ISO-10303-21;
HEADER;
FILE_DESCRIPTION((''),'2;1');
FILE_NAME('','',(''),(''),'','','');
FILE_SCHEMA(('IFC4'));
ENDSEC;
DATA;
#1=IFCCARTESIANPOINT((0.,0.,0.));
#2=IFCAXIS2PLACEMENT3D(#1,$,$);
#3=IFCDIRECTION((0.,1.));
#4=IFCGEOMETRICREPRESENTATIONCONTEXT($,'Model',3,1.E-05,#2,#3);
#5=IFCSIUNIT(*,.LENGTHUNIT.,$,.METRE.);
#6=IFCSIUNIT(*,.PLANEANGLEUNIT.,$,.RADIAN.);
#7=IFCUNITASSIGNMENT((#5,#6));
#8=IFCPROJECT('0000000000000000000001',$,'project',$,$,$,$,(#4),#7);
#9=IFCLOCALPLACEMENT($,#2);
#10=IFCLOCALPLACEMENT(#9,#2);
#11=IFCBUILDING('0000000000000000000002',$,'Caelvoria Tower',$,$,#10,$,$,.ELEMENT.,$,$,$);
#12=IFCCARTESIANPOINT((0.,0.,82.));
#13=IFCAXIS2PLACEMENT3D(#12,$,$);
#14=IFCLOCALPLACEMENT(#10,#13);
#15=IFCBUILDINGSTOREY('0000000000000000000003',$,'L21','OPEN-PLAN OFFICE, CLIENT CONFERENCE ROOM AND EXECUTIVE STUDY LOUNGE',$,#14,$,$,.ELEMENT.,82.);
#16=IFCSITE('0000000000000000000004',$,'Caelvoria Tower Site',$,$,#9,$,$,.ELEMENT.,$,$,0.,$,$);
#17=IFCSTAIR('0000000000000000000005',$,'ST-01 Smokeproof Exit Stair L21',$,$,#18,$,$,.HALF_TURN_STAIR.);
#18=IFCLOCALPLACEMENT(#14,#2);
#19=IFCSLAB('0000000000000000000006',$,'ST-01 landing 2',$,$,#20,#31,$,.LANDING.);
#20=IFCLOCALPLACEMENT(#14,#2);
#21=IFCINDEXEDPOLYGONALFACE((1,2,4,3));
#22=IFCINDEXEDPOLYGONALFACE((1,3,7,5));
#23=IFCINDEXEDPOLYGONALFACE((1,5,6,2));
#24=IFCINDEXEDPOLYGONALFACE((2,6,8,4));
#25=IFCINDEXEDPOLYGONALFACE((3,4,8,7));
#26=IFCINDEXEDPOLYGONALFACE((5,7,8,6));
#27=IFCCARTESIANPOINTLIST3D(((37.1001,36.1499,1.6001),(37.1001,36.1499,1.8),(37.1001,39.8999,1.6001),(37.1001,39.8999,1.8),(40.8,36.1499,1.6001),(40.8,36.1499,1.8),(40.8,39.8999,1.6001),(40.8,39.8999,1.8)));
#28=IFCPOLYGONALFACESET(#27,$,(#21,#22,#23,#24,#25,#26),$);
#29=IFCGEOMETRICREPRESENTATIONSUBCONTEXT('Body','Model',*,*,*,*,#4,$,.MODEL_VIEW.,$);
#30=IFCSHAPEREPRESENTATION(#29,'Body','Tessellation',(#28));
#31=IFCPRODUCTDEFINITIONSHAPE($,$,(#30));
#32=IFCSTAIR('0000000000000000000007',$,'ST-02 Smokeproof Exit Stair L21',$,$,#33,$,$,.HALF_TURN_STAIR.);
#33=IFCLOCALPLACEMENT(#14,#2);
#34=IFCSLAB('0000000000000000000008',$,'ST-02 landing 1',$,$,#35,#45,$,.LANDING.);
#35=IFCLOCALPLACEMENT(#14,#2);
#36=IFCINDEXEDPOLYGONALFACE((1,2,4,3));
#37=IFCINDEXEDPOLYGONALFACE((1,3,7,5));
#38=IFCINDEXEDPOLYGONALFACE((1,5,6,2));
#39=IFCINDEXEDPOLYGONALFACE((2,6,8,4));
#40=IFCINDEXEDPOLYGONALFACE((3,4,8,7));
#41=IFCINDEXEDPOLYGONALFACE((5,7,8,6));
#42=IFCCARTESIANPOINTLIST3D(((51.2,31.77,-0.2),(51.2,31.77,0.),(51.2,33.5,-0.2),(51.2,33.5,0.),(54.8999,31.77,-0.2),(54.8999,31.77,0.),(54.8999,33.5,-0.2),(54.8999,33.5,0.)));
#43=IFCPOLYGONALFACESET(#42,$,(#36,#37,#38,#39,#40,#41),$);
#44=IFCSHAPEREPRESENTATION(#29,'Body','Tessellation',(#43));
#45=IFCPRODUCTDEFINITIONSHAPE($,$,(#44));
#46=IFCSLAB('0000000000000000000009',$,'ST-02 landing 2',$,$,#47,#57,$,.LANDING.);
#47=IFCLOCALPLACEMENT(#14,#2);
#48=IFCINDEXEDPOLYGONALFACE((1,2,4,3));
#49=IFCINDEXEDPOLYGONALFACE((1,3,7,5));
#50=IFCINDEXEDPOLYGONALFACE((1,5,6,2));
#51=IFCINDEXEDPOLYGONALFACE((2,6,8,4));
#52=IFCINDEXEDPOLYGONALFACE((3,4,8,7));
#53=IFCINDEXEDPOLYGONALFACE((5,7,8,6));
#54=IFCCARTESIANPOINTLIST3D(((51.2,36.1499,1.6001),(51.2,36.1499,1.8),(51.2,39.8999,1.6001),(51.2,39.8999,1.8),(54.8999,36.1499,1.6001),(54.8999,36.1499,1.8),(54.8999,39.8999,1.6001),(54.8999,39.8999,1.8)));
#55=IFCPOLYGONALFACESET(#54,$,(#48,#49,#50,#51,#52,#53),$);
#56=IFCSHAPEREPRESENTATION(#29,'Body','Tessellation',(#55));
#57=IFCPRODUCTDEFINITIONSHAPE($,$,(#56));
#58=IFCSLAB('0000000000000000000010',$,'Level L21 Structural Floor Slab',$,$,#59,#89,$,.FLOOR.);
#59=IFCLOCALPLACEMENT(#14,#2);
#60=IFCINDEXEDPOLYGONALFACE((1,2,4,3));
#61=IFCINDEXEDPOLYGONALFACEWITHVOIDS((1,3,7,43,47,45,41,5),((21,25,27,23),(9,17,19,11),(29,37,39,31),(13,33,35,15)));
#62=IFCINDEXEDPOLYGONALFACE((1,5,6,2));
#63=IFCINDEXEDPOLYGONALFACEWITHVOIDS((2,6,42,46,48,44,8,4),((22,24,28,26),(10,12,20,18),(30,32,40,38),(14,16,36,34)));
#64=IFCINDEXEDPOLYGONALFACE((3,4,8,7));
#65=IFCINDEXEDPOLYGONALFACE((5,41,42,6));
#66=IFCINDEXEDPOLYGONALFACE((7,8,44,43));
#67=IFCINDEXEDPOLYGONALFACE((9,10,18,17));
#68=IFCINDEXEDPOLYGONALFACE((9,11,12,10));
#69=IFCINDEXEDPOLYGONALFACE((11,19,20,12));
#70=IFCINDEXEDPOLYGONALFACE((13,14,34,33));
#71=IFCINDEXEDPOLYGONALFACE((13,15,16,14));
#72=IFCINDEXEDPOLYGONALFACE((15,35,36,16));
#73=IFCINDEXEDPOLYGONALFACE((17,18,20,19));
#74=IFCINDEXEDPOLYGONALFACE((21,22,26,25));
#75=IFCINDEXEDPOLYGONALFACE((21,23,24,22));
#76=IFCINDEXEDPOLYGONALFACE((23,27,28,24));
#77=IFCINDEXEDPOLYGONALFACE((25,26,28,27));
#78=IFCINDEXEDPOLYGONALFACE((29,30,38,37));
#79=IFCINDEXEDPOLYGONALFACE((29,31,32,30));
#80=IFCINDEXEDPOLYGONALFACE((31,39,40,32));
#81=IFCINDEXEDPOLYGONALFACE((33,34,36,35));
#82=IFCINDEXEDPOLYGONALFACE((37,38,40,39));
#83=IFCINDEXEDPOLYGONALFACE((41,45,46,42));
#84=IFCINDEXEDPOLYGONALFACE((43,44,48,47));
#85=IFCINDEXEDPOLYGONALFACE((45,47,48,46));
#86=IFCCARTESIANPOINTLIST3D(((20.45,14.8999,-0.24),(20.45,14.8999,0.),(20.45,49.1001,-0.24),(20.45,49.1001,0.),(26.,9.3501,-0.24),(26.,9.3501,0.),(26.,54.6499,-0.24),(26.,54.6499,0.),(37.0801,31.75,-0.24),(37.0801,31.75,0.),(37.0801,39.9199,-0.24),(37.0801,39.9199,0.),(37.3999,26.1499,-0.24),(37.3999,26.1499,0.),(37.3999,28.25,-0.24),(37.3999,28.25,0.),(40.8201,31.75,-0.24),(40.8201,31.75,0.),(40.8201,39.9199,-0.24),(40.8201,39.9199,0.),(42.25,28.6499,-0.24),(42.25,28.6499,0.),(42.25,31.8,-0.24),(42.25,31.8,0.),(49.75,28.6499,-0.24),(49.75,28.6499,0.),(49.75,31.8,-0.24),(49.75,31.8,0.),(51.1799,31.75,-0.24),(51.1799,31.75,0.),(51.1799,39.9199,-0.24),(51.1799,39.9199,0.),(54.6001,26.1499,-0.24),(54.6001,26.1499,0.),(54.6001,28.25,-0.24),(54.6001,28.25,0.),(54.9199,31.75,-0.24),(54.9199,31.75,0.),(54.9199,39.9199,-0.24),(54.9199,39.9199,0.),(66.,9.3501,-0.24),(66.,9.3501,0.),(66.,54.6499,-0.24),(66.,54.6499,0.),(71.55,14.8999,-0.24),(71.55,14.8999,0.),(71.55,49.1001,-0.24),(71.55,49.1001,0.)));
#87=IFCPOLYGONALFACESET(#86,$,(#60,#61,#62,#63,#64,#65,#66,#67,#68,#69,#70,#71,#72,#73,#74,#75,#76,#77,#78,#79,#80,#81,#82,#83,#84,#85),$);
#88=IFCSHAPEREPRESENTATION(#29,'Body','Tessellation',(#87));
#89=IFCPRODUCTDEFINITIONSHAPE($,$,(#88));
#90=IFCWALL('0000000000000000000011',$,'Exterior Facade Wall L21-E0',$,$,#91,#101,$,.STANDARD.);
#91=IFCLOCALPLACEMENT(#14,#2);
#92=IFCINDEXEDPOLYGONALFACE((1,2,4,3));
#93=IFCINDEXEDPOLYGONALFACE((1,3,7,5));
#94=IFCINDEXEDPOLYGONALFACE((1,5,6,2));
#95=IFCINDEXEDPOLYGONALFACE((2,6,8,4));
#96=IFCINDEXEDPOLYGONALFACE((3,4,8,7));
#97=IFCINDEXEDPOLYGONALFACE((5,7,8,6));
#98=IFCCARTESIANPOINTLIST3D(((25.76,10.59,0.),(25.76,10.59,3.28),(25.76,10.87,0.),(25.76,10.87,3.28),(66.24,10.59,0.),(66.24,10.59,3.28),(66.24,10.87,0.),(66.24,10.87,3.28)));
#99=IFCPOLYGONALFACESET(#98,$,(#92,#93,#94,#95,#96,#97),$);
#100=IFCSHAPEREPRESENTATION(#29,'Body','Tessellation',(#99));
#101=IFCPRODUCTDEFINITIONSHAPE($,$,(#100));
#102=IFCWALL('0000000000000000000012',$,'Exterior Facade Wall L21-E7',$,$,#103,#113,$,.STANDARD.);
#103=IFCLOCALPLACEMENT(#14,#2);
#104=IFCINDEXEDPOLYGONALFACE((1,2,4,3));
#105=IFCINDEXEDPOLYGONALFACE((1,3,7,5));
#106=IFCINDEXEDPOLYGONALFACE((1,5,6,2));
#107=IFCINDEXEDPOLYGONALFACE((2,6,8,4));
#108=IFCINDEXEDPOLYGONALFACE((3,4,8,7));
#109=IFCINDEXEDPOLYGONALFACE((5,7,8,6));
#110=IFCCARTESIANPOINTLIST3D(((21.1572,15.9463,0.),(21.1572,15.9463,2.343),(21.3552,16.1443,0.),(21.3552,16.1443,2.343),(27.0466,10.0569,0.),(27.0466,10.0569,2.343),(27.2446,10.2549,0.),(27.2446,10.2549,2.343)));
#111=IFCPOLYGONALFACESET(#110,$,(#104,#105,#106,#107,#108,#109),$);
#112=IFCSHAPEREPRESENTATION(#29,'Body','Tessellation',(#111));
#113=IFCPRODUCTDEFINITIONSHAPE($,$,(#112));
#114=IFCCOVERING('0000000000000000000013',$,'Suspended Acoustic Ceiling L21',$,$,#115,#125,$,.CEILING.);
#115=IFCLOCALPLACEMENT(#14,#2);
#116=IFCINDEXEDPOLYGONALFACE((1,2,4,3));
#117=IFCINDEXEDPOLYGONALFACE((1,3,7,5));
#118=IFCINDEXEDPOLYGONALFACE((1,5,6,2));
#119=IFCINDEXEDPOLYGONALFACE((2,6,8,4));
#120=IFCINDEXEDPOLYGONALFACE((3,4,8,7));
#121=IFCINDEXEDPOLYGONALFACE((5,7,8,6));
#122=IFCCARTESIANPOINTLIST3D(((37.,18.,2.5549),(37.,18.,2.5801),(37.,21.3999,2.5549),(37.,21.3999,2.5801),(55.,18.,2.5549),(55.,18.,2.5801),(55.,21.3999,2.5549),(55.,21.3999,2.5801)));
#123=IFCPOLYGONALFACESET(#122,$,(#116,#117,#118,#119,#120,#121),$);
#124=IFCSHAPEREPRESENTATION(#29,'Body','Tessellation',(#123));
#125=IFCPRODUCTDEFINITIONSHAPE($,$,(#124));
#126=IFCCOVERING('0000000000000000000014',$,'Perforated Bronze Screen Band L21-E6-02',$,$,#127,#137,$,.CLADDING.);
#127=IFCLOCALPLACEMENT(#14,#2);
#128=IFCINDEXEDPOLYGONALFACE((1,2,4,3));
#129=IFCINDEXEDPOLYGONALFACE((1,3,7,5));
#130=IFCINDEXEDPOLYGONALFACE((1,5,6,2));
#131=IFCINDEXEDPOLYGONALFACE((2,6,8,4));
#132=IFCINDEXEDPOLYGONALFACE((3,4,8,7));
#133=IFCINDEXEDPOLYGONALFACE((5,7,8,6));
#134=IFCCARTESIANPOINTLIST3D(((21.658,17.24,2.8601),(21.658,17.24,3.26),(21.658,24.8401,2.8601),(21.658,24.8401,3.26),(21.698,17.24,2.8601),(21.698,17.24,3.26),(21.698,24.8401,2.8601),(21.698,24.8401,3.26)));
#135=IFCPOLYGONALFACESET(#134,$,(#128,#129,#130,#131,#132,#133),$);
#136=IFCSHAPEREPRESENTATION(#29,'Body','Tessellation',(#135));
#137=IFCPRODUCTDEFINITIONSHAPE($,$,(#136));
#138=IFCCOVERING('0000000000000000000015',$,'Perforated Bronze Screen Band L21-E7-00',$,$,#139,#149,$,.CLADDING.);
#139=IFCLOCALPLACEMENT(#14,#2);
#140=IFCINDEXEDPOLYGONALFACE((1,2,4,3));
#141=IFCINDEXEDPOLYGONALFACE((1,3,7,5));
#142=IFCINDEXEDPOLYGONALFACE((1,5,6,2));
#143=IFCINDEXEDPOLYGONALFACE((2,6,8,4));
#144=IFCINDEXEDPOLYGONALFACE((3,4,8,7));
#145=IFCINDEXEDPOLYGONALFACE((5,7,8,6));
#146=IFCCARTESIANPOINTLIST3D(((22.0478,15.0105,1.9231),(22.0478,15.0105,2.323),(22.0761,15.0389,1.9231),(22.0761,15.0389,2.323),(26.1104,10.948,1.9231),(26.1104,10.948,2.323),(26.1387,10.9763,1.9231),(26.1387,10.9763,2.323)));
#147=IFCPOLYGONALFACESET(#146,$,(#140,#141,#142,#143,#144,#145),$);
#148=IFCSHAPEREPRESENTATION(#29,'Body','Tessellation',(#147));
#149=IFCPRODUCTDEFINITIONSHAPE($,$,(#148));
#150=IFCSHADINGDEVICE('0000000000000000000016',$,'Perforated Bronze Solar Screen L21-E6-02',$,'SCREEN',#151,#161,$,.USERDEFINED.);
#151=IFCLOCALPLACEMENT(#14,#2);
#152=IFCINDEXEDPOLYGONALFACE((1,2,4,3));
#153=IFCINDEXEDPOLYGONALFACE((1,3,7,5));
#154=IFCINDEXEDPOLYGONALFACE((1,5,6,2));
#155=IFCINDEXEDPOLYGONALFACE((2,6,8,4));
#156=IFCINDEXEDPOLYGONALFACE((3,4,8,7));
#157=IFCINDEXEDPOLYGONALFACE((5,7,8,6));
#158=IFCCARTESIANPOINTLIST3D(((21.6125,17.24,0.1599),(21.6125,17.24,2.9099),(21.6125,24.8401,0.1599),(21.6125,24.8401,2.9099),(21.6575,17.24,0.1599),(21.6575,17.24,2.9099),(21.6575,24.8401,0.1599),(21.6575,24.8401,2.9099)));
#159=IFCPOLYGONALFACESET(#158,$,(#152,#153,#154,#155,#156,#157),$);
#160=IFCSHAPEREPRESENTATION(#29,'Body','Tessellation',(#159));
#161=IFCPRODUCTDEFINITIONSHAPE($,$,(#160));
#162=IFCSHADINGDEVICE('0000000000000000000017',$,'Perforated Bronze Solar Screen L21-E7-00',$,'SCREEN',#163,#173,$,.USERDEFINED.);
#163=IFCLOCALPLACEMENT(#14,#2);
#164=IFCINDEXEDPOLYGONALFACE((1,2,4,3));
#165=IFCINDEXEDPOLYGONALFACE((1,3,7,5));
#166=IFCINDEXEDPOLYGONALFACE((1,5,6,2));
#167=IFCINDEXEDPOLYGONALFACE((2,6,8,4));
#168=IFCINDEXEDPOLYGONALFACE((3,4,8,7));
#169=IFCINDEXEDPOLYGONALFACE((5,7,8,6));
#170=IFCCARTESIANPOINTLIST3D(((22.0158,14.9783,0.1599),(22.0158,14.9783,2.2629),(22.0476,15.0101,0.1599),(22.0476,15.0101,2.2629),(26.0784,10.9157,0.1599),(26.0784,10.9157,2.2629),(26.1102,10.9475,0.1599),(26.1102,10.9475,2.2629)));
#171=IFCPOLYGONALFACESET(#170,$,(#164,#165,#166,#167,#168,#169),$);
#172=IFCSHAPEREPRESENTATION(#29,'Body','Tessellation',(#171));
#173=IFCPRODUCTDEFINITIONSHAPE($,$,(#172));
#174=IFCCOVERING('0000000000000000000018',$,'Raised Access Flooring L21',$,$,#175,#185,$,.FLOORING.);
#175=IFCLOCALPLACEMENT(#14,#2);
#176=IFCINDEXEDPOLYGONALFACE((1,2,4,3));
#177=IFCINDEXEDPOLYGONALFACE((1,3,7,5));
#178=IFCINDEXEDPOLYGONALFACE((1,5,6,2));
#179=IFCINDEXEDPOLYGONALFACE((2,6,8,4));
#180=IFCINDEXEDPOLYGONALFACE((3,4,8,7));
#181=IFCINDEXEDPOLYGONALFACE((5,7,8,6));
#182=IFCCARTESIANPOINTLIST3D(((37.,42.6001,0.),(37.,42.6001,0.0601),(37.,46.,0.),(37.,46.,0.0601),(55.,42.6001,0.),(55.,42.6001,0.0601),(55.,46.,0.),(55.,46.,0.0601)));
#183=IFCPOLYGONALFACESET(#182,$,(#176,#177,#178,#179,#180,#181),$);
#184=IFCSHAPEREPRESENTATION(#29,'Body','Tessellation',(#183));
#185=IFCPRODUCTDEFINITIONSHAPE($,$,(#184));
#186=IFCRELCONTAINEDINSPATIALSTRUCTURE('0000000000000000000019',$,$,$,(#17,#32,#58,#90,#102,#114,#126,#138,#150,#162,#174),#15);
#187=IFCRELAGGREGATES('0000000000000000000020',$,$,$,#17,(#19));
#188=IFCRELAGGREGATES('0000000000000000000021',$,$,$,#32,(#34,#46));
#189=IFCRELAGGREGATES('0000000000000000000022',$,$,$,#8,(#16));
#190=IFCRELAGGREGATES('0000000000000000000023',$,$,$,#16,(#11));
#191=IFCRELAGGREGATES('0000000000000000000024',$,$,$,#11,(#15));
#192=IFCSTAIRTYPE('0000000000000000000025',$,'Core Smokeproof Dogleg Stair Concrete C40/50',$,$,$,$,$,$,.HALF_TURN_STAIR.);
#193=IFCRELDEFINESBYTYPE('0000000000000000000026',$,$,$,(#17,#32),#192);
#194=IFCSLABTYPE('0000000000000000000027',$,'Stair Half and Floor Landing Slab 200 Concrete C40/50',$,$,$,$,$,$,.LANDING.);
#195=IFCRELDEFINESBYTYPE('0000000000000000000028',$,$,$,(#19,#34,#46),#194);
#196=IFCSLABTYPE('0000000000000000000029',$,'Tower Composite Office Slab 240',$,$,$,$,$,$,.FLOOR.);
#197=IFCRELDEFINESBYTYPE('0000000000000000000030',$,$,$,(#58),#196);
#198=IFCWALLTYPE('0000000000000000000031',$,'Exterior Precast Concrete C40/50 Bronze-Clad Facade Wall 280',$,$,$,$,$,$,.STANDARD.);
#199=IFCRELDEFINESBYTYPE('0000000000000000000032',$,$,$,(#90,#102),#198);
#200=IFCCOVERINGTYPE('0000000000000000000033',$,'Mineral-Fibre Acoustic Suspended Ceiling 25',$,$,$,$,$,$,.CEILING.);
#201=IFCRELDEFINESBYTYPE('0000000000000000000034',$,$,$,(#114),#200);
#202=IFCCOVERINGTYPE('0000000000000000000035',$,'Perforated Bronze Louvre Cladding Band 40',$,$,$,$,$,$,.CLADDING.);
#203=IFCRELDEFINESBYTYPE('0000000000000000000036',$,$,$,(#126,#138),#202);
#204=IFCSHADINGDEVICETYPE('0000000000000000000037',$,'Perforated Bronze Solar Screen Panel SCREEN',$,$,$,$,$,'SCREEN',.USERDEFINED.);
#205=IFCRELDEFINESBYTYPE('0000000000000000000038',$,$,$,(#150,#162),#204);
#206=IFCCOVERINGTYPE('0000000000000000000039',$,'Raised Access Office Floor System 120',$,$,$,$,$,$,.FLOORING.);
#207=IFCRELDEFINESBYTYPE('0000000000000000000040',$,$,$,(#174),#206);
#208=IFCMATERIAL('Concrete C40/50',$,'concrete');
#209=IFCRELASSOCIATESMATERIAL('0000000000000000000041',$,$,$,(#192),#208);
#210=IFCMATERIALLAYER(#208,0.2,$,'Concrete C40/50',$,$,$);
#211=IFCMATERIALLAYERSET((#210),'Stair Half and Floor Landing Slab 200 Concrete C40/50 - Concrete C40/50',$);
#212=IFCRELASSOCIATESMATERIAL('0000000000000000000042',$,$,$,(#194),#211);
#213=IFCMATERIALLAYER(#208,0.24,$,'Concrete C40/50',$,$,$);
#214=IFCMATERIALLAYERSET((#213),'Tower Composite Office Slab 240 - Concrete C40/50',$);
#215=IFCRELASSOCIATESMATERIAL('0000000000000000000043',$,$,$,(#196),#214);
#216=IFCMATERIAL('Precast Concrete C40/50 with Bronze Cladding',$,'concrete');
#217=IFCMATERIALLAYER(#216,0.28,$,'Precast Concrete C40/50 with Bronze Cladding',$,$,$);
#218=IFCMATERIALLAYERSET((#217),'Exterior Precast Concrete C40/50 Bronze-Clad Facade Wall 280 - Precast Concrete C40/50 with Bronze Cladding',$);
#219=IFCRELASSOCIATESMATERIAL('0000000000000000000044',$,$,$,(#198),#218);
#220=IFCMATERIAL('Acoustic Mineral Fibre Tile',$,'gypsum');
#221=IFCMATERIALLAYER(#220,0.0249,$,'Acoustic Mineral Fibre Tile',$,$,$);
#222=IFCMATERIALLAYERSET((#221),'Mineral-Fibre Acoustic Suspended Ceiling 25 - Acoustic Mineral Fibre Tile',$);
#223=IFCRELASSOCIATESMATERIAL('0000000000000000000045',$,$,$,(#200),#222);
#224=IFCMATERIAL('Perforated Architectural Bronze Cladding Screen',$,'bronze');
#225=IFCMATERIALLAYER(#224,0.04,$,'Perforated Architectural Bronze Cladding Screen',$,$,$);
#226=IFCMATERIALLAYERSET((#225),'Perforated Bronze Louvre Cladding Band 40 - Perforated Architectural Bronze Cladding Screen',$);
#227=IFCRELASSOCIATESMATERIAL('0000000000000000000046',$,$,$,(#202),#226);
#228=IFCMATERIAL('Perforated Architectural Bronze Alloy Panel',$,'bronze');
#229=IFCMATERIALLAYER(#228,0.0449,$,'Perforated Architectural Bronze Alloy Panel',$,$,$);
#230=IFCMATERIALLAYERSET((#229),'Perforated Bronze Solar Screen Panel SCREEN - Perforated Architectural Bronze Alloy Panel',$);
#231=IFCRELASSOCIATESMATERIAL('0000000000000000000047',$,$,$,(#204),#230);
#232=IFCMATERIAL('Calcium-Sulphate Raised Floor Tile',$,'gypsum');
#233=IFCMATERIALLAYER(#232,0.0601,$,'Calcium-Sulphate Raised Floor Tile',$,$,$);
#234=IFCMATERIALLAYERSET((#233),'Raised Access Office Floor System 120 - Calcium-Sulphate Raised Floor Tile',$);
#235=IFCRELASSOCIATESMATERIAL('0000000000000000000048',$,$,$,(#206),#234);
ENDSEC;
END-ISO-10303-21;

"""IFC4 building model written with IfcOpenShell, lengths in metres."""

from ifc_helpers import new_model, si_unit, direction, frame, frame_2d, origin, origin_2d, place, context, subcontext, project, spatial, polyline, rectangle, outline, extrude, material, layer, layer_set, type_object, element, aggregate, save


model = new_model("IFC4")

# Units and contexts
model_context = context("Model", 3, precision=1e-05, world=origin(), true_north=direction((0.0, 1.0)))
body_context = subcontext(model_context, "Body", "Model", "MODEL_VIEW")
ifc_project = project(units=[si_unit("LENGTHUNIT", "METRE"), si_unit("PLANEANGLEUNIT", "RADIAN")], contexts=[model_context])

# Site, building, storey
site_placement = place(None, origin())
site = spatial("IfcSite", under=ifc_project, at=site_placement, Name="Caelvoria Tower Site", CompositionType="ELEMENT", RefElevation=0.0)
building_placement = place(site_placement, origin())
building = spatial("IfcBuilding", under=site, at=building_placement, Name="Caelvoria Tower", CompositionType="ELEMENT")
storey_placement = place(building_placement, frame((0.0, 0.0, 82.0)))
storey = spatial("IfcBuildingStorey", under=building, at=storey_placement, Name="L21", Description="OPEN-PLAN OFFICE, CLIENT CONFERENCE ROOM AND EXECUTIVE STUDY LOUNGE", CompositionType="ELEMENT", Elevation=82.0)

# Stairs, slabs
ifc_material_1 = material(Name="Concrete C40/50", Category="concrete")
stair_type = type_object("IfcStairType", Name="Core Smokeproof Dogleg Stair Concrete C40/50", PredefinedType="HALF_TURN_STAIR", material=ifc_material_1)
stair_1_placement = place(storey_placement, origin())
stair_1 = element("IfcStair", 1, at=stair_1_placement, inside=storey, type_object=stair_type, Name="ST-01 Smokeproof Exit Stair L21", PredefinedType="HALF_TURN_STAIR")
ifc_layer_1 = layer(ifc_material_1, 0.2, Name="Concrete C40/50")
ifc_layer_set_1 = layer_set([ifc_layer_1], Name="Stair Half and Floor Landing Slab 200 Concrete C40/50 - Concrete C40/50")
slab_type_1 = type_object("IfcSlabType", Name="Stair Half and Floor Landing Slab 200 Concrete C40/50", PredefinedType="LANDING", material=ifc_layer_set_1)
slab_1_placement = place(storey_placement, frame((0.0, 0.0, 1.6001)))
slab_1 = element("IfcSlab", 2, at=slab_1_placement, type_object=slab_type_1, Name="ST-01 landing 2", PredefinedType="LANDING", context=body_context, shape_type="SweptSolid", body=[
    extrude(outline(polyline([(37.1001, 36.1499), (40.8, 36.1499), (40.8, 39.8999), (37.1001, 39.8999), (37.1001, 36.1499)])), origin(), (0.0, 0.0, 1.0), 0.2),
])
aggregate(stair_1, [slab_1])
stair_2_placement = place(storey_placement, origin())
stair_2 = element("IfcStair", 3, at=stair_2_placement, inside=storey, type_object=stair_type, Name="ST-02 Smokeproof Exit Stair L21", PredefinedType="HALF_TURN_STAIR")
slab_2_placement = place(storey_placement, frame((0.0, 0.0, -0.2)))
slab_2 = element("IfcSlab", 4, at=slab_2_placement, type_object=slab_type_1, Name="ST-02 landing 1", PredefinedType="LANDING", context=body_context, shape_type="SweptSolid", body=[
    extrude(outline(polyline([(51.2, 31.77), (54.8999, 31.77), (54.8999, 33.5), (51.2, 33.5), (51.2, 31.77)])), origin(), (0.0, 0.0, 1.0), 0.2),
])
slab_3_placement = place(storey_placement, frame((0.0, 0.0, 1.6001)))
slab_3 = element("IfcSlab", 5, at=slab_3_placement, type_object=slab_type_1, Name="ST-02 landing 2", PredefinedType="LANDING", context=body_context, shape_type="SweptSolid", body=[
    extrude(outline(polyline([(51.2, 36.1499), (54.8999, 36.1499), (54.8999, 39.8999), (51.2, 39.8999), (51.2, 36.1499)])), origin(), (0.0, 0.0, 1.0), 0.2),
])
aggregate(stair_2, [slab_2, slab_3])

# Slab
ifc_layer_2 = layer(ifc_material_1, 0.24, Name="Concrete C40/50")
ifc_layer_set_2 = layer_set([ifc_layer_2], Name="Tower Composite Office Slab 240 - Concrete C40/50")
slab_type_2 = type_object("IfcSlabType", Name="Tower Composite Office Slab 240", PredefinedType="FLOOR", material=ifc_layer_set_2)
slab_4_placement = place(storey_placement, frame((0.0, 0.0, -0.24)))
element("IfcSlab", 6, at=slab_4_placement, inside=storey, type_object=slab_type_2, Name="Level L21 Structural Floor Slab", PredefinedType="FLOOR", context=body_context, shape_type="SweptSolid", body=[
    extrude(outline(polyline([(26.0, 9.3501), (66.0, 9.3501), (71.55, 14.8999), (71.55, 49.1001), (66.0, 54.6499), (26.0, 54.6499), (20.45, 49.1001), (20.45, 14.8999), (26.0, 9.3501)]), holes=[polyline([(37.0801, 31.75), (40.8201, 31.75), (40.8201, 39.9199), (37.0801, 39.9199), (37.0801, 31.75)]), polyline([(51.1799, 31.75), (54.9199, 31.75), (54.9199, 39.9199), (51.1799, 39.9199), (51.1799, 31.75)]), polyline([(42.25, 28.6499), (49.75, 28.6499), (49.75, 31.8), (42.25, 31.8), (42.25, 28.6499)]), polyline([(37.3999, 26.1499), (54.6001, 26.1499), (54.6001, 28.25), (37.3999, 28.25), (37.3999, 26.1499)])]), origin(), (0.0, 0.0, 1.0), 0.24),
])

# Walls
ifc_material_2 = material(Name="Precast Concrete C40/50 with Bronze Cladding", Category="concrete")
ifc_layer_3 = layer(ifc_material_2, 0.28, Name="Precast Concrete C40/50 with Bronze Cladding")
ifc_layer_set_3 = layer_set([ifc_layer_3], Name="Exterior Precast Concrete C40/50 Bronze-Clad Facade Wall 280 - Precast Concrete C40/50 with Bronze Cladding")
wall_type = type_object("IfcWallType", Name="Exterior Precast Concrete C40/50 Bronze-Clad Facade Wall 280", PredefinedType="STANDARD", material=ifc_layer_set_3)
wall_1_placement = place(storey_placement, frame((25.76, 10.73, 0.0), z_axis=(0.0, 0.0, 1.0), x_axis=(1.0, 0.0, 0.0)))
element("IfcWall", 7, at=wall_1_placement, inside=storey, type_object=wall_type, Name="Exterior Facade Wall L21-E0", PredefinedType="STANDARD", context=body_context, shape_type="SweptSolid", body=[
    extrude(rectangle(XDim=40.48, YDim=0.28, at=frame_2d((20.24, 0.0))), origin(), (0.0, 0.0, 1.0), 3.28),
])
wall_2_placement = place(storey_placement, frame((21.2561, 16.0454, 0.0), z_axis=(0.0, 0.0, 1.0), x_axis=(0.707107, -0.707107, 0.0)))
element("IfcWall", 8, at=wall_2_placement, inside=storey, type_object=wall_type, Name="Exterior Facade Wall L21-E7", PredefinedType="STANDARD", context=body_context, shape_type="SweptSolid", body=[
    extrude(rectangle(XDim=8.3289, YDim=0.28, at=frame_2d((4.1646, 0.0))), origin(), (0.0, 0.0, 1.0), 2.343),
])

# Coverings
ifc_material_3 = material(Name="Acoustic Mineral Fibre Tile", Category="gypsum")
ifc_layer_4 = layer(ifc_material_3, 0.0249, Name="Acoustic Mineral Fibre Tile")
ifc_layer_set_4 = layer_set([ifc_layer_4], Name="Mineral-Fibre Acoustic Suspended Ceiling 25 - Acoustic Mineral Fibre Tile")
covering_type_1 = type_object("IfcCoveringType", Name="Mineral-Fibre Acoustic Suspended Ceiling 25", PredefinedType="CEILING", material=ifc_layer_set_4)
covering_1_placement = place(storey_placement, frame((0.0, 0.0, 2.5549)))
element("IfcCovering", 9, at=covering_1_placement, inside=storey, type_object=covering_type_1, Name="Suspended Acoustic Ceiling L21", PredefinedType="CEILING", context=body_context, shape_type="SweptSolid", body=[
    extrude(outline(polyline([(37.0, 18.0), (55.0, 18.0), (55.0, 21.3999), (37.0, 21.3999), (37.0, 18.0)])), origin(), (0.0, 0.0, 1.0), 0.0251),
])
ifc_material_4 = material(Name="Perforated Architectural Bronze Cladding Screen", Category="bronze")
ifc_layer_5 = layer(ifc_material_4, 0.04, Name="Perforated Architectural Bronze Cladding Screen")
ifc_layer_set_5 = layer_set([ifc_layer_5], Name="Perforated Bronze Louvre Cladding Band 40 - Perforated Architectural Bronze Cladding Screen")
covering_type_2 = type_object("IfcCoveringType", Name="Perforated Bronze Louvre Cladding Band 40", PredefinedType="CLADDING", material=ifc_layer_set_5)
covering_2_placement = place(storey_placement, frame((21.678, 21.04, 2.8601), z_axis=(0.0, 0.0, 1.0), x_axis=(0.0, -1.0, 0.0)))
element("IfcCovering", 10, at=covering_2_placement, inside=storey, type_object=covering_type_2, Name="Perforated Bronze Screen Band L21-E6-02", PredefinedType="CLADDING", context=body_context, shape_type="SweptSolid", body=[
    extrude(rectangle(XDim=7.6001, YDim=0.04, at=origin_2d()), origin(), (0.0, 0.0, 1.0), 0.3999),
])
covering_3_placement = place(storey_placement, frame((24.0933, 12.9934, 1.9231), z_axis=(0.0, 0.0, 1.0), x_axis=(0.707107, -0.707107, 0.0)))
element("IfcCovering", 11, at=covering_3_placement, inside=storey, type_object=covering_type_2, Name="Perforated Bronze Screen Band L21-E7-00", PredefinedType="CLADDING", context=body_context, shape_type="SweptSolid", body=[
    extrude(rectangle(XDim=5.7454, YDim=0.04, at=origin_2d()), origin(), (0.0, 0.0, 1.0), 0.3999),
])

# Shading devices
ifc_material_5 = material(Name="Perforated Architectural Bronze Alloy Panel", Category="bronze")
ifc_layer_6 = layer(ifc_material_5, 0.0449, Name="Perforated Architectural Bronze Alloy Panel")
ifc_layer_set_6 = layer_set([ifc_layer_6], Name="Perforated Bronze Solar Screen Panel SCREEN - Perforated Architectural Bronze Alloy Panel")
shading_device_type = type_object("IfcShadingDeviceType", Name="Perforated Bronze Solar Screen Panel SCREEN", ElementType="SCREEN", PredefinedType="USERDEFINED", material=ifc_layer_set_6)
shading_device_1_placement = place(storey_placement, frame((21.635, 21.04, 0.1599), z_axis=(0.0, 0.0, 1.0), x_axis=(0.0, -1.0, 0.0)))
element("IfcShadingDevice", 12, at=shading_device_1_placement, inside=storey, type_object=shading_device_type, Name="Perforated Bronze Solar Screen L21-E6-02", ObjectType="SCREEN", PredefinedType="USERDEFINED", context=body_context, shape_type="SweptSolid", body=[
    extrude(rectangle(XDim=7.6001, YDim=0.0449, at=origin_2d()), origin(), (0.0, 0.0, 1.0), 2.75),
])
shading_device_2_placement = place(storey_placement, frame((24.063, 12.9629, 0.1599), z_axis=(0.0, 0.0, 1.0), x_axis=(0.707107, -0.707107, 0.0)))
element("IfcShadingDevice", 13, at=shading_device_2_placement, inside=storey, type_object=shading_device_type, Name="Perforated Bronze Solar Screen L21-E7-00", ObjectType="SCREEN", PredefinedType="USERDEFINED", context=body_context, shape_type="SweptSolid", body=[
    extrude(rectangle(XDim=5.7454, YDim=0.0449, at=origin_2d()), origin(), (0.0, 0.0, 1.0), 2.103),
])

# Covering
ifc_material_6 = material(Name="Calcium-Sulphate Raised Floor Tile", Category="gypsum")
ifc_layer_7 = layer(ifc_material_6, 0.0601, Name="Calcium-Sulphate Raised Floor Tile")
ifc_layer_set_7 = layer_set([ifc_layer_7], Name="Raised Access Office Floor System 120 - Calcium-Sulphate Raised Floor Tile")
covering_type_3 = type_object("IfcCoveringType", Name="Raised Access Office Floor System 120", PredefinedType="FLOORING", material=ifc_layer_set_7)
covering_4_placement = place(storey_placement, origin())
element("IfcCovering", 14, at=covering_4_placement, inside=storey, type_object=covering_type_3, Name="Raised Access Flooring L21", PredefinedType="FLOORING", context=body_context, shape_type="SweptSolid", body=[
    extrude(outline(polyline([(37.0, 42.6001), (55.0, 42.6001), (55.0, 46.0), (37.0, 46.0), (37.0, 42.6001)])), origin(), (0.0, 0.0, 1.0), 0.0601),
])

save(model, "model.ifc")
